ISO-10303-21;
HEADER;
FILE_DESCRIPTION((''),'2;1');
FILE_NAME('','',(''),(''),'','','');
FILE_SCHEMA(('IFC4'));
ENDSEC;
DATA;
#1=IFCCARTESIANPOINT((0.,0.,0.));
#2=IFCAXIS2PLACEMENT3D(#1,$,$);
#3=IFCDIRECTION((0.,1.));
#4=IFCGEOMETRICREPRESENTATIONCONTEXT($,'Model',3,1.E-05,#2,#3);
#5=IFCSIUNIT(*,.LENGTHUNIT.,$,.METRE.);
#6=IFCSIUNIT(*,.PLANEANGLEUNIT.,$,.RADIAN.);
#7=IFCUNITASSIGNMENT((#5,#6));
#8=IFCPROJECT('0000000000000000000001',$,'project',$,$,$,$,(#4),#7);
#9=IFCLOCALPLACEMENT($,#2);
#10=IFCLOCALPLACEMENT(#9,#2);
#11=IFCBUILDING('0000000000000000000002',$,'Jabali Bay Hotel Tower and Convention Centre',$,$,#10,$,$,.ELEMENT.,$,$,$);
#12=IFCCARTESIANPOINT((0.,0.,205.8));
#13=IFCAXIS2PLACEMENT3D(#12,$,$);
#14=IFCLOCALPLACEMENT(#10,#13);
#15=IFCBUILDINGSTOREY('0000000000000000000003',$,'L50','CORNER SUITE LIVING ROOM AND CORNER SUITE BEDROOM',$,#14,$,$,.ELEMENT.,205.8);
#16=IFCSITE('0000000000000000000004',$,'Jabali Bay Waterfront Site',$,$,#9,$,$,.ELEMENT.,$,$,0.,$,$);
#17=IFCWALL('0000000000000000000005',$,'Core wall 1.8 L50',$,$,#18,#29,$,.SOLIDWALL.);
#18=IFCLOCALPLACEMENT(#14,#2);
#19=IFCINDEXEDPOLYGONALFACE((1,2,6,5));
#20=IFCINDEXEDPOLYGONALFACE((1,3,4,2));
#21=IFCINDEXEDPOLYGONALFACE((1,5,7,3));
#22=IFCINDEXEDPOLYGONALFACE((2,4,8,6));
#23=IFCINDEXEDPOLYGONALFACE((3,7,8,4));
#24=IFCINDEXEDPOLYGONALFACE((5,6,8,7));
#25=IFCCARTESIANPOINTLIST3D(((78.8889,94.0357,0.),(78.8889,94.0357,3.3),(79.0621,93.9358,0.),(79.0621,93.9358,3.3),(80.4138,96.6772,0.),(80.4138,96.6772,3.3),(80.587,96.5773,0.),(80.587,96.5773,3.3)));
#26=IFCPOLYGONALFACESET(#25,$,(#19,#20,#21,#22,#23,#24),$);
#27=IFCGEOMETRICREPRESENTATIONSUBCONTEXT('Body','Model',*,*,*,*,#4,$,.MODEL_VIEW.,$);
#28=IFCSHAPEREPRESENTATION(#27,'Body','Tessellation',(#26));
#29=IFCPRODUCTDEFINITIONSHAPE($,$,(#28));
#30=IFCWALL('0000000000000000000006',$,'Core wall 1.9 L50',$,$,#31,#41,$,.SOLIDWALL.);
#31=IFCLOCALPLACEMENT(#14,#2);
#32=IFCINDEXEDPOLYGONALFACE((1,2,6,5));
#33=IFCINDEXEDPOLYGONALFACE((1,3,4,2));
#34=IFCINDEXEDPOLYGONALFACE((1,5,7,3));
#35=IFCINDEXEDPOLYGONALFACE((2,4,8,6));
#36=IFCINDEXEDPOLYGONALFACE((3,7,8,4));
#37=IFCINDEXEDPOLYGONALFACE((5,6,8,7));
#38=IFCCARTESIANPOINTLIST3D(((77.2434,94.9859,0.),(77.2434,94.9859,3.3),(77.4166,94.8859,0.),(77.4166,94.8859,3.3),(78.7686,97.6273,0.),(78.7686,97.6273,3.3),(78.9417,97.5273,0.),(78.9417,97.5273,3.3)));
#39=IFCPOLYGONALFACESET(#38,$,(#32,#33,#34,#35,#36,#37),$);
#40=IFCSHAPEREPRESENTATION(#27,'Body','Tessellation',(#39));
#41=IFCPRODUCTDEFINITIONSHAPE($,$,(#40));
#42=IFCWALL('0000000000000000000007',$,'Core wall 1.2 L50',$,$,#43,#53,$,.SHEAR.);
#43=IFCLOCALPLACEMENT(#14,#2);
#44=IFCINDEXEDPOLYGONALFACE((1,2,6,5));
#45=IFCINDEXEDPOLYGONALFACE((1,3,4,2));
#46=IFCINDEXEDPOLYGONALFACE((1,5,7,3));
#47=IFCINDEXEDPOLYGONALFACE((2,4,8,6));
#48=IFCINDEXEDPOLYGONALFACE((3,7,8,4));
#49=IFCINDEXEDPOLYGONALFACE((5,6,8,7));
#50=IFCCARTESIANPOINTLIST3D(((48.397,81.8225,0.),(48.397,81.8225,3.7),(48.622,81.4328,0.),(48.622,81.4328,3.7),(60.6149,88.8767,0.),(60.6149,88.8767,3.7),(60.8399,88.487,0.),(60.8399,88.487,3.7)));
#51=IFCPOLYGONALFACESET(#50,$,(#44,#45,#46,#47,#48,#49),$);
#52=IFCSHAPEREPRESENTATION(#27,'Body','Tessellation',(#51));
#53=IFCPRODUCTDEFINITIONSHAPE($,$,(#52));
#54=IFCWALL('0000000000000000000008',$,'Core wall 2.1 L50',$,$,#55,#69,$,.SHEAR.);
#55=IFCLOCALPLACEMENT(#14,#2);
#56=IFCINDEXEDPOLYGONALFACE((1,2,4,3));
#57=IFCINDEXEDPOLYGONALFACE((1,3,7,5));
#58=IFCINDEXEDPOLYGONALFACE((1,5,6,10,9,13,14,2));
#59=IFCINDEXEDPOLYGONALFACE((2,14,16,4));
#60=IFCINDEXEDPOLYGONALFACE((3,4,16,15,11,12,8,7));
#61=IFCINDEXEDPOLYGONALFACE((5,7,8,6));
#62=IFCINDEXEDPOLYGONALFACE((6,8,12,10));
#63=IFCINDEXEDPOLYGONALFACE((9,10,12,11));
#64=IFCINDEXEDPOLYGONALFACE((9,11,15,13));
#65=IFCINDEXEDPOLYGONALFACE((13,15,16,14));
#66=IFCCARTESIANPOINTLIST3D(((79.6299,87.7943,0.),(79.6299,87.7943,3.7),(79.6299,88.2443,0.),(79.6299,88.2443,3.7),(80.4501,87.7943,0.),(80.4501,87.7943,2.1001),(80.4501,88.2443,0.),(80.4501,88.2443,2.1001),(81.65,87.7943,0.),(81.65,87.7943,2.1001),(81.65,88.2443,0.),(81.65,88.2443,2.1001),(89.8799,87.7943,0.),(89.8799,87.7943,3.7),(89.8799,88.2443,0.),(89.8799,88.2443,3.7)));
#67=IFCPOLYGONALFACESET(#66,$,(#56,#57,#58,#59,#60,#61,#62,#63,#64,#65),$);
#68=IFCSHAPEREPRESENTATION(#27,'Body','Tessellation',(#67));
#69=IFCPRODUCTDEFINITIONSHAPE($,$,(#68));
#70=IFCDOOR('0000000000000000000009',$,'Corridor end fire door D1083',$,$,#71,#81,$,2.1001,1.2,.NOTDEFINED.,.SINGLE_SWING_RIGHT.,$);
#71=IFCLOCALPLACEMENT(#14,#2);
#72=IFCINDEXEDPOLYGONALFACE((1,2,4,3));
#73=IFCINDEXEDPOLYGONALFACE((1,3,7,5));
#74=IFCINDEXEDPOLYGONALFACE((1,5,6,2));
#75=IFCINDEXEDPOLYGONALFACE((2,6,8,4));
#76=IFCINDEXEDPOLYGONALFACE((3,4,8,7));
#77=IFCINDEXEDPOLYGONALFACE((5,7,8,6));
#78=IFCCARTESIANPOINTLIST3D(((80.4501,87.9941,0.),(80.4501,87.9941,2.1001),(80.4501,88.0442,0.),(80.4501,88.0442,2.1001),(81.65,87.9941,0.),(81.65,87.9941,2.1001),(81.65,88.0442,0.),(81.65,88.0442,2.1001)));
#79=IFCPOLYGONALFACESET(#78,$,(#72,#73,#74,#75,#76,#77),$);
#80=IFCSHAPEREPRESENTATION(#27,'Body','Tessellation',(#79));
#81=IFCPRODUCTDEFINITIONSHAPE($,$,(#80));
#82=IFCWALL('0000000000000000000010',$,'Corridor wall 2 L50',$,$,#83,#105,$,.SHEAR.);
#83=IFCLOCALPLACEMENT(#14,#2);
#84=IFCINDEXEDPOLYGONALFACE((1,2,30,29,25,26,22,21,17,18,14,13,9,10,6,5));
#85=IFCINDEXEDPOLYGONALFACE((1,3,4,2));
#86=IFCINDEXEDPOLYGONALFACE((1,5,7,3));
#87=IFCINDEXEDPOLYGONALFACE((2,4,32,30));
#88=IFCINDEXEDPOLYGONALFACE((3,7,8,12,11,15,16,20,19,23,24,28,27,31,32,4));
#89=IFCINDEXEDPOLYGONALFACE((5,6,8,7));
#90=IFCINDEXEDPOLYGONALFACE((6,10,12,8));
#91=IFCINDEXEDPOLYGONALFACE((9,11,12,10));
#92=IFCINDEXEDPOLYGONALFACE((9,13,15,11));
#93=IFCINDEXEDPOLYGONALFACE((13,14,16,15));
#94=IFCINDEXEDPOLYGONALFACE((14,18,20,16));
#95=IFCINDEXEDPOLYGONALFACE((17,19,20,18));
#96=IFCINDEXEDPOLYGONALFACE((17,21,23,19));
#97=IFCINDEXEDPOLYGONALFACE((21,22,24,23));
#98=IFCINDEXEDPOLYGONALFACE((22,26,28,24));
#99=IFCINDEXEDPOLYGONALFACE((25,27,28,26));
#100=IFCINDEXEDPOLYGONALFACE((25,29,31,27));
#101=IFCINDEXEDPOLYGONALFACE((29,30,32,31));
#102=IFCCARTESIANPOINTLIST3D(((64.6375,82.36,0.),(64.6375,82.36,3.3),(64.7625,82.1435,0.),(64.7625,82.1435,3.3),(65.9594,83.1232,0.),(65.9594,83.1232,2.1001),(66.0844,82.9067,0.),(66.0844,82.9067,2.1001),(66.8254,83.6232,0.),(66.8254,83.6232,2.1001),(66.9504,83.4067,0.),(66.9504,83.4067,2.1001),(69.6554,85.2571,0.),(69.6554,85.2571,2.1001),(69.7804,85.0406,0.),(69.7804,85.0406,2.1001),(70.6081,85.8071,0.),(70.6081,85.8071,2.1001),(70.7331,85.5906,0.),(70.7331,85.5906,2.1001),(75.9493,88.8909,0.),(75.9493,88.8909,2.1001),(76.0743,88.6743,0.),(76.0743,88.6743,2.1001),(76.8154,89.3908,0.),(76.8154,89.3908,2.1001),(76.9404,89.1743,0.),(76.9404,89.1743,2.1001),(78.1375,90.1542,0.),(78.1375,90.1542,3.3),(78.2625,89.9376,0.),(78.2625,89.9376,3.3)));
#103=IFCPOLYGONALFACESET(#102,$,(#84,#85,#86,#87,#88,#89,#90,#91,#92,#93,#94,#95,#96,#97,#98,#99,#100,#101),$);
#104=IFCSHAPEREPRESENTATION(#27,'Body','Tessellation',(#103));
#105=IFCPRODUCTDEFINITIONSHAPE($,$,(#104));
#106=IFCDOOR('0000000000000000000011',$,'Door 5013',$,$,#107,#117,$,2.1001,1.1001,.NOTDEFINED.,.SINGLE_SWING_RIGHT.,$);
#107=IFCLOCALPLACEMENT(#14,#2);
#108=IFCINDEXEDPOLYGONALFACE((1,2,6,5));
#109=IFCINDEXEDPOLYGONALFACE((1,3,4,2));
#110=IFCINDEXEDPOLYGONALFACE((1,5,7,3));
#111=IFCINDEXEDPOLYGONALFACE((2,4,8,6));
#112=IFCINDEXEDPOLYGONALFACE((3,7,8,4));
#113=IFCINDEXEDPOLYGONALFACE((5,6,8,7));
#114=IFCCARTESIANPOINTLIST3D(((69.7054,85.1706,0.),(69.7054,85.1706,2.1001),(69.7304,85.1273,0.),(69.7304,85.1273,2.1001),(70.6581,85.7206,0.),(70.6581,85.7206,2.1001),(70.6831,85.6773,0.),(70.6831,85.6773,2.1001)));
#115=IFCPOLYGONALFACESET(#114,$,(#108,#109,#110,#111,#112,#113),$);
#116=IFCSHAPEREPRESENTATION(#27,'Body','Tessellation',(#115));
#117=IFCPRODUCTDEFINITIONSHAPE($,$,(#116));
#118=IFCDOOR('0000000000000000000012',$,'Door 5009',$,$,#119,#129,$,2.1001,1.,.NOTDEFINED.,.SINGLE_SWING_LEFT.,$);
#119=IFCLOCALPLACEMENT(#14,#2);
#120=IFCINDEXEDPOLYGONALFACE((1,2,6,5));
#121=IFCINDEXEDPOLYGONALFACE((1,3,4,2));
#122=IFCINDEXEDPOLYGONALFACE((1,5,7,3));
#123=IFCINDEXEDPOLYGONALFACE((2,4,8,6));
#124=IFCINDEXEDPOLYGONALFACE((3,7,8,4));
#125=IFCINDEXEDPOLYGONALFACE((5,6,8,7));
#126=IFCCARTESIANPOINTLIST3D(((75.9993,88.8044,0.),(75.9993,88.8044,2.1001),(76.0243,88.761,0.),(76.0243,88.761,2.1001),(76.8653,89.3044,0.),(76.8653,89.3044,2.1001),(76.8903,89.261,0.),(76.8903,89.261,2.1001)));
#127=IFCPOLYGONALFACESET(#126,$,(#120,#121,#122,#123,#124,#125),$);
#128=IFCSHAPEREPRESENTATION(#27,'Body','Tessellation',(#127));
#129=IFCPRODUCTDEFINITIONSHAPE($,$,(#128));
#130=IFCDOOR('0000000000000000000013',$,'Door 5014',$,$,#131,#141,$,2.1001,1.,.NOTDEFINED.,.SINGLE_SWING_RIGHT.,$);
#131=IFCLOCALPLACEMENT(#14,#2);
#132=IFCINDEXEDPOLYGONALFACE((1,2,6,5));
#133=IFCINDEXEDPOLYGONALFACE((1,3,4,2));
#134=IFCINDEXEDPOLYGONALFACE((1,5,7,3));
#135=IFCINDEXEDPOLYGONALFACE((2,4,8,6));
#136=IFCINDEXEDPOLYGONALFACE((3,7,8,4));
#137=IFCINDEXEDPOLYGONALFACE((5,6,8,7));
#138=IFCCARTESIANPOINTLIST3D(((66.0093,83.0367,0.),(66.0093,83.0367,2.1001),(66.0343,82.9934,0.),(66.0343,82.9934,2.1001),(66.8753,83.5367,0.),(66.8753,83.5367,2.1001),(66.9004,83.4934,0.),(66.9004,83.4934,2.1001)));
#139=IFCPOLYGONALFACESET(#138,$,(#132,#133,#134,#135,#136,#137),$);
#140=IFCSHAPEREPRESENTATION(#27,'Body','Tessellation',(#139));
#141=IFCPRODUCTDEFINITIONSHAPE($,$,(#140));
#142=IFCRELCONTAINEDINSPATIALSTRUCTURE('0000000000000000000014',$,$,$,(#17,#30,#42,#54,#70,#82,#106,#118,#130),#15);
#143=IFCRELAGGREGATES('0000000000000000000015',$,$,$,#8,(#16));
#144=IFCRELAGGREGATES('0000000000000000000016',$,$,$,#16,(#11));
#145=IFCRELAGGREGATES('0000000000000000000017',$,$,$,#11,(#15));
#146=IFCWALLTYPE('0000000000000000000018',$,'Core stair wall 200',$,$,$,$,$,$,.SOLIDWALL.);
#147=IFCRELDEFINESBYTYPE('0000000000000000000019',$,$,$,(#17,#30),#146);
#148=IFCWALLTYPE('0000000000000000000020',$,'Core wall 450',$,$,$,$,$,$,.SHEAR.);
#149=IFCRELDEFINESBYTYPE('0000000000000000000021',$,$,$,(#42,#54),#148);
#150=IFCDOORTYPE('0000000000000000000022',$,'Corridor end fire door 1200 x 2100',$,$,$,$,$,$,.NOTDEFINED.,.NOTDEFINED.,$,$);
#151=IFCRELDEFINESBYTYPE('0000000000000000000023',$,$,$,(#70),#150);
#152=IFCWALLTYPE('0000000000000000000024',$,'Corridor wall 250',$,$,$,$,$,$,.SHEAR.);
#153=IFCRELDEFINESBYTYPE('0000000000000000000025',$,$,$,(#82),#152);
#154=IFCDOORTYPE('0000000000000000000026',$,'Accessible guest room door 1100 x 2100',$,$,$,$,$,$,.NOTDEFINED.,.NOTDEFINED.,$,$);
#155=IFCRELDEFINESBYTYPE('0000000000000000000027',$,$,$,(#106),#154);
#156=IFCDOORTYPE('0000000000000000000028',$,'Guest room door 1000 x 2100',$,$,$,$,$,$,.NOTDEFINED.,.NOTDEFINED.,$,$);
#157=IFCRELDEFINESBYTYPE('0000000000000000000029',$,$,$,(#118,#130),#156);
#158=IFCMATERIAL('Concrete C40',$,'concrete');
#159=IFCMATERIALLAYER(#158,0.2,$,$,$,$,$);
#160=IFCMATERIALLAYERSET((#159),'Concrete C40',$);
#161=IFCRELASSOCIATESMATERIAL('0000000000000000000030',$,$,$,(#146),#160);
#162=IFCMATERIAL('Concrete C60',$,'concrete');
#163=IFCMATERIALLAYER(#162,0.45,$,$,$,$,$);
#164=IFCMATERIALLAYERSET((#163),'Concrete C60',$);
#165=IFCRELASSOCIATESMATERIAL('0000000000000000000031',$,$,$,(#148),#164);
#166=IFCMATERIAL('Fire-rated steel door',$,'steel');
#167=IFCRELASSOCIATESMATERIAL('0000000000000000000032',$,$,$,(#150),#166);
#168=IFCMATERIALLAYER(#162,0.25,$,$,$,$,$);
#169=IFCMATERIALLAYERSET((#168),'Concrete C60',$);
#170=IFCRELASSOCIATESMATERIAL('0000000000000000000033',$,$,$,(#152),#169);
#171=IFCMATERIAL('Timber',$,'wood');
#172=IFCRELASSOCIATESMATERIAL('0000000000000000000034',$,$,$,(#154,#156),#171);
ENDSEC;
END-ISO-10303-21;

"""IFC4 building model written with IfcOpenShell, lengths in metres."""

from ifc_helpers import new_model, si_unit, direction, frame, frame_2d, origin, place, context, subcontext, project, spatial, rectangle, extrude, material, layer, layer_set, type_object, element, fill, save


model = new_model("IFC4")

# Units and contexts
model_context = context("Model", 3, precision=1e-05, world=origin(), true_north=direction((0.0, 1.0)))
body_context = subcontext(model_context, "Body", "Model", "MODEL_VIEW")
ifc_project = project(units=[si_unit("LENGTHUNIT", "METRE"), si_unit("PLANEANGLEUNIT", "RADIAN")], contexts=[model_context])

# Site, building, storey
site_placement = place(None, origin())
site = spatial("IfcSite", under=ifc_project, at=site_placement, Name="Jabali Bay Waterfront Site", CompositionType="ELEMENT", RefElevation=0.0)
building_placement = place(site_placement, origin())
building = spatial("IfcBuilding", under=site, at=building_placement, Name="Jabali Bay Hotel Tower and Convention Centre", CompositionType="ELEMENT")
storey_placement = place(building_placement, frame((0.0, 0.0, 205.8)))
storey = spatial("IfcBuildingStorey", under=building, at=storey_placement, Name="L50", Description="CORNER SUITE LIVING ROOM AND CORNER SUITE BEDROOM", CompositionType="ELEMENT", Elevation=205.8)

# Shared definitions
ifc_material_1 = material(Name="Concrete C40", Category="concrete")
ifc_layer_1 = layer(ifc_material_1, 0.2)
ifc_layer_set_1 = layer_set([ifc_layer_1], Name="Concrete C40")
wall_type_1 = type_object("IfcWallType", Name="Core stair wall 200", PredefinedType="SOLIDWALL", material=ifc_layer_set_1)

# Shared definitions
ifc_material_2 = material(Name="Fire-rated steel door", Category="steel")

# Walls
for number, where, z_axis, x_axis, name in (
    (1, (78.9756, 93.9858, 0.0), (0.0, 0.0, 1.0), (0.499944, 0.866058, 0.0), "Core wall 1.8 L50"),
    (2, (77.3301, 94.936, 0.0), (0.0, 0.0, 1.0), (0.500039, 0.866003, 0.0), "Core wall 1.9 L50"),
):
    element("IfcWall", number, at=place(storey_placement, frame(where, z_axis=z_axis, x_axis=x_axis)), inside=storey, type_object=wall_type_1, Name=name, PredefinedType="SOLIDWALL", context=body_context, shape_type="SweptSolid", body=[
        extrude(rectangle(XDim=3.05, YDim=0.2, at=frame_2d((1.5249, 0.0))), origin(), (0.0, 0.0, 1.0), 3.3),
    ])
ifc_material_3 = material(Name="Concrete C60", Category="concrete")
ifc_layer_2 = layer(ifc_material_3, 0.45)
ifc_layer_set_2 = layer_set([ifc_layer_2], Name="Concrete C60")
wall_type_2 = type_object("IfcWallType", Name="Core wall 450", PredefinedType="SHEAR", material=ifc_layer_set_2)
wall_1_placement = place(storey_placement, frame((60.7275, 88.6819, 0.0), z_axis=(0.0, 0.0, 1.0), x_axis=(-0.866022, -0.500007, 0.0)))
element("IfcWall", 3, at=wall_1_placement, inside=storey, type_object=wall_type_2, Name="Core wall 1.2 L50", PredefinedType="SHEAR", context=body_context, shape_type="SweptSolid", body=[
    extrude(rectangle(XDim=14.1082, YDim=0.45, at=frame_2d((7.0542, 0.0))), origin(), (0.0, 0.0, 1.0), 3.7),
])

# Wall, opening, door
wall_2_placement = place(storey_placement, frame((79.6299, 88.0193, 0.0), z_axis=(0.0, 0.0, 1.0), x_axis=(1.0, 0.0, 0.0)))
wall_2 = element("IfcWall", 4, at=wall_2_placement, inside=storey, type_object=wall_type_2, Name="Core wall 2.1 L50", PredefinedType="SHEAR", context=body_context, shape_type="SweptSolid", body=[
    extrude(rectangle(XDim=10.25, YDim=0.45, at=frame_2d((5.125, 0.0))), origin(), (0.0, 0.0, 1.0), 3.7),
])
opening_1_placement = place(wall_2_placement, frame((0.8201, 0.0, 0.0)))
opening_1 = element("IfcOpeningElement", 5, at=opening_1_placement, cuts=wall_2, PredefinedType="OPENING", context=body_context, shape_type="SweptSolid", body=[
    extrude(rectangle(XDim=1.2, YDim=2.1001, at=frame_2d((0.6001, 1.05))), frame((0.0, 0.2354, 0.0), z_axis=(0.0, -1.0, 0.0), x_axis=(1.0, 0.0, 0.0)), (0.0, 0.0, 1.0), 0.4709),
])
door_type_1 = type_object("IfcDoorType", Name="Corridor end fire door 1200 x 2100", OperationType="NOTDEFINED", PredefinedType="NOTDEFINED", material=ifc_material_2)
door_1_placement = place(opening_1_placement, origin())
door_1 = element("IfcDoor", 6, at=door_1_placement, inside=storey, type_object=door_type_1, Name="Corridor end fire door D1083", OperationType="SINGLE_SWING_RIGHT", OverallHeight=2.1001, OverallWidth=1.2, PredefinedType="NOTDEFINED", context=body_context, shape_type="SweptSolid", body=[
    extrude(rectangle(XDim=1.2, YDim=2.1001, at=frame_2d((0.6001, 1.05))), frame((0.0, 0.0249, 0.0), z_axis=(0.0, -1.0, 0.0), x_axis=(1.0, 0.0, 0.0)), (0.0, 0.0, 1.0), 0.05),
])
fill(opening_1, door_1)

# Wall, openings, doors
ifc_layer_3 = layer(ifc_material_3, 0.25)
ifc_layer_set_3 = layer_set([ifc_layer_3], Name="Concrete C60")
wall_type_3 = type_object("IfcWallType", Name="Corridor wall 250", PredefinedType="SHEAR", material=ifc_layer_set_3)
wall_3_placement = place(storey_placement, frame((78.2, 90.0459, 0.0), z_axis=(0.0, 0.0, 1.0), x_axis=(-0.866026, -0.499998, 0.0)))
wall_3 = element("IfcWall", 7, at=wall_3_placement, inside=storey, type_object=wall_type_3, Name="Corridor wall 2 L50", PredefinedType="SHEAR", context=body_context, shape_type="SweptSolid", body=[
    extrude(rectangle(XDim=15.5884, YDim=0.25, at=frame_2d((7.7942, 0.0))), origin(), (0.0, 0.0, 1.0), 3.3),
])
opening_2_placement = place(wall_3_placement, frame((1.5266, 0.0, 0.0)))
opening_2 = element("IfcOpeningElement", 8, at=opening_2_placement, cuts=wall_3, PredefinedType="OPENING", context=body_context, shape_type="SweptSolid", body=[
    extrude(rectangle(XDim=1.0, YDim=2.1001, at=frame_2d((0.5, 1.05))), frame((0.0, 0.1355, 0.0), z_axis=(0.0, -1.0, 0.0), x_axis=(1.0, 0.0, 0.0)), (0.0, 0.0, 1.0), 0.271),
])
opening_3_placement = place(wall_3_placement, frame((8.6941, 0.0, 0.0)))
opening_3 = element("IfcOpeningElement", 9, at=opening_3_placement, cuts=wall_3, PredefinedType="OPENING", context=body_context, shape_type="SweptSolid", body=[
    extrude(rectangle(XDim=1.1001, YDim=2.1001, at=frame_2d((0.55, 1.05))), frame((0.0, 0.1355, 0.0), z_axis=(0.0, -1.0, 0.0), x_axis=(1.0, 0.0, 0.0)), (0.0, 0.0, 1.0), 0.271),
])
opening_4_placement = place(wall_3_placement, frame((13.062, 0.0, 0.0)))
opening_4 = element("IfcOpeningElement", 10, at=opening_4_placement, cuts=wall_3, PredefinedType="OPENING", context=body_context, shape_type="SweptSolid", body=[
    extrude(rectangle(XDim=1.0, YDim=2.1001, at=frame_2d((0.5, 1.05))), frame((0.0, 0.1355, 0.0), z_axis=(0.0, -1.0, 0.0), x_axis=(1.0, 0.0, 0.0)), (0.0, 0.0, 1.0), 0.271),
])
ifc_material_4 = material(Name="Timber", Category="wood")
door_type_2 = type_object("IfcDoorType", Name="Accessible guest room door 1100 x 2100", OperationType="NOTDEFINED", PredefinedType="NOTDEFINED", material=ifc_material_4)
door_2_placement = place(opening_3_placement, origin())
door_2 = element("IfcDoor", 11, at=door_2_placement, inside=storey, type_object=door_type_2, Name="Door 5013", OperationType="SINGLE_SWING_RIGHT", OverallHeight=2.1001, OverallWidth=1.1001, PredefinedType="NOTDEFINED", context=body_context, shape_type="SweptSolid", body=[
    extrude(rectangle(XDim=1.1001, YDim=2.1001, at=frame_2d((0.55, 1.05))), frame((0.0, 0.0249, 0.0), z_axis=(0.0, -1.0, 0.0), x_axis=(1.0, 0.0, 0.0)), (0.0, 0.0, 1.0), 0.05),
])
fill(opening_3, door_2)
door_type_3 = type_object("IfcDoorType", Name="Guest room door 1000 x 2100", OperationType="NOTDEFINED", PredefinedType="NOTDEFINED", material=ifc_material_4)
door_3_placement = place(opening_2_placement, origin())
door_3 = element("IfcDoor", 12, at=door_3_placement, inside=storey, type_object=door_type_3, Name="Door 5009", OperationType="SINGLE_SWING_LEFT", OverallHeight=2.1001, OverallWidth=1.0, PredefinedType="NOTDEFINED", context=body_context, shape_type="SweptSolid", body=[
    extrude(rectangle(XDim=1.0, YDim=2.1001, at=frame_2d((0.5, 1.05))), frame((0.0, 0.0249, 0.0), z_axis=(0.0, -1.0, 0.0), x_axis=(1.0, 0.0, 0.0)), (0.0, 0.0, 1.0), 0.05),
])
fill(opening_2, door_3)
door_4_placement = place(opening_4_placement, origin())
door_4 = element("IfcDoor", 13, at=door_4_placement, inside=storey, type_object=door_type_3, Name="Door 5014", OperationType="SINGLE_SWING_RIGHT", OverallHeight=2.1001, OverallWidth=1.0, PredefinedType="NOTDEFINED", context=body_context, shape_type="SweptSolid", body=[
    extrude(rectangle(XDim=1.0, YDim=2.1001, at=frame_2d((0.5, 1.05))), frame((0.0, 0.0249, 0.0), z_axis=(0.0, -1.0, 0.0), x_axis=(1.0, 0.0, 0.0)), (0.0, 0.0, 1.0), 0.05),
])
fill(opening_4, door_4)

save(model, "model.ifc")
